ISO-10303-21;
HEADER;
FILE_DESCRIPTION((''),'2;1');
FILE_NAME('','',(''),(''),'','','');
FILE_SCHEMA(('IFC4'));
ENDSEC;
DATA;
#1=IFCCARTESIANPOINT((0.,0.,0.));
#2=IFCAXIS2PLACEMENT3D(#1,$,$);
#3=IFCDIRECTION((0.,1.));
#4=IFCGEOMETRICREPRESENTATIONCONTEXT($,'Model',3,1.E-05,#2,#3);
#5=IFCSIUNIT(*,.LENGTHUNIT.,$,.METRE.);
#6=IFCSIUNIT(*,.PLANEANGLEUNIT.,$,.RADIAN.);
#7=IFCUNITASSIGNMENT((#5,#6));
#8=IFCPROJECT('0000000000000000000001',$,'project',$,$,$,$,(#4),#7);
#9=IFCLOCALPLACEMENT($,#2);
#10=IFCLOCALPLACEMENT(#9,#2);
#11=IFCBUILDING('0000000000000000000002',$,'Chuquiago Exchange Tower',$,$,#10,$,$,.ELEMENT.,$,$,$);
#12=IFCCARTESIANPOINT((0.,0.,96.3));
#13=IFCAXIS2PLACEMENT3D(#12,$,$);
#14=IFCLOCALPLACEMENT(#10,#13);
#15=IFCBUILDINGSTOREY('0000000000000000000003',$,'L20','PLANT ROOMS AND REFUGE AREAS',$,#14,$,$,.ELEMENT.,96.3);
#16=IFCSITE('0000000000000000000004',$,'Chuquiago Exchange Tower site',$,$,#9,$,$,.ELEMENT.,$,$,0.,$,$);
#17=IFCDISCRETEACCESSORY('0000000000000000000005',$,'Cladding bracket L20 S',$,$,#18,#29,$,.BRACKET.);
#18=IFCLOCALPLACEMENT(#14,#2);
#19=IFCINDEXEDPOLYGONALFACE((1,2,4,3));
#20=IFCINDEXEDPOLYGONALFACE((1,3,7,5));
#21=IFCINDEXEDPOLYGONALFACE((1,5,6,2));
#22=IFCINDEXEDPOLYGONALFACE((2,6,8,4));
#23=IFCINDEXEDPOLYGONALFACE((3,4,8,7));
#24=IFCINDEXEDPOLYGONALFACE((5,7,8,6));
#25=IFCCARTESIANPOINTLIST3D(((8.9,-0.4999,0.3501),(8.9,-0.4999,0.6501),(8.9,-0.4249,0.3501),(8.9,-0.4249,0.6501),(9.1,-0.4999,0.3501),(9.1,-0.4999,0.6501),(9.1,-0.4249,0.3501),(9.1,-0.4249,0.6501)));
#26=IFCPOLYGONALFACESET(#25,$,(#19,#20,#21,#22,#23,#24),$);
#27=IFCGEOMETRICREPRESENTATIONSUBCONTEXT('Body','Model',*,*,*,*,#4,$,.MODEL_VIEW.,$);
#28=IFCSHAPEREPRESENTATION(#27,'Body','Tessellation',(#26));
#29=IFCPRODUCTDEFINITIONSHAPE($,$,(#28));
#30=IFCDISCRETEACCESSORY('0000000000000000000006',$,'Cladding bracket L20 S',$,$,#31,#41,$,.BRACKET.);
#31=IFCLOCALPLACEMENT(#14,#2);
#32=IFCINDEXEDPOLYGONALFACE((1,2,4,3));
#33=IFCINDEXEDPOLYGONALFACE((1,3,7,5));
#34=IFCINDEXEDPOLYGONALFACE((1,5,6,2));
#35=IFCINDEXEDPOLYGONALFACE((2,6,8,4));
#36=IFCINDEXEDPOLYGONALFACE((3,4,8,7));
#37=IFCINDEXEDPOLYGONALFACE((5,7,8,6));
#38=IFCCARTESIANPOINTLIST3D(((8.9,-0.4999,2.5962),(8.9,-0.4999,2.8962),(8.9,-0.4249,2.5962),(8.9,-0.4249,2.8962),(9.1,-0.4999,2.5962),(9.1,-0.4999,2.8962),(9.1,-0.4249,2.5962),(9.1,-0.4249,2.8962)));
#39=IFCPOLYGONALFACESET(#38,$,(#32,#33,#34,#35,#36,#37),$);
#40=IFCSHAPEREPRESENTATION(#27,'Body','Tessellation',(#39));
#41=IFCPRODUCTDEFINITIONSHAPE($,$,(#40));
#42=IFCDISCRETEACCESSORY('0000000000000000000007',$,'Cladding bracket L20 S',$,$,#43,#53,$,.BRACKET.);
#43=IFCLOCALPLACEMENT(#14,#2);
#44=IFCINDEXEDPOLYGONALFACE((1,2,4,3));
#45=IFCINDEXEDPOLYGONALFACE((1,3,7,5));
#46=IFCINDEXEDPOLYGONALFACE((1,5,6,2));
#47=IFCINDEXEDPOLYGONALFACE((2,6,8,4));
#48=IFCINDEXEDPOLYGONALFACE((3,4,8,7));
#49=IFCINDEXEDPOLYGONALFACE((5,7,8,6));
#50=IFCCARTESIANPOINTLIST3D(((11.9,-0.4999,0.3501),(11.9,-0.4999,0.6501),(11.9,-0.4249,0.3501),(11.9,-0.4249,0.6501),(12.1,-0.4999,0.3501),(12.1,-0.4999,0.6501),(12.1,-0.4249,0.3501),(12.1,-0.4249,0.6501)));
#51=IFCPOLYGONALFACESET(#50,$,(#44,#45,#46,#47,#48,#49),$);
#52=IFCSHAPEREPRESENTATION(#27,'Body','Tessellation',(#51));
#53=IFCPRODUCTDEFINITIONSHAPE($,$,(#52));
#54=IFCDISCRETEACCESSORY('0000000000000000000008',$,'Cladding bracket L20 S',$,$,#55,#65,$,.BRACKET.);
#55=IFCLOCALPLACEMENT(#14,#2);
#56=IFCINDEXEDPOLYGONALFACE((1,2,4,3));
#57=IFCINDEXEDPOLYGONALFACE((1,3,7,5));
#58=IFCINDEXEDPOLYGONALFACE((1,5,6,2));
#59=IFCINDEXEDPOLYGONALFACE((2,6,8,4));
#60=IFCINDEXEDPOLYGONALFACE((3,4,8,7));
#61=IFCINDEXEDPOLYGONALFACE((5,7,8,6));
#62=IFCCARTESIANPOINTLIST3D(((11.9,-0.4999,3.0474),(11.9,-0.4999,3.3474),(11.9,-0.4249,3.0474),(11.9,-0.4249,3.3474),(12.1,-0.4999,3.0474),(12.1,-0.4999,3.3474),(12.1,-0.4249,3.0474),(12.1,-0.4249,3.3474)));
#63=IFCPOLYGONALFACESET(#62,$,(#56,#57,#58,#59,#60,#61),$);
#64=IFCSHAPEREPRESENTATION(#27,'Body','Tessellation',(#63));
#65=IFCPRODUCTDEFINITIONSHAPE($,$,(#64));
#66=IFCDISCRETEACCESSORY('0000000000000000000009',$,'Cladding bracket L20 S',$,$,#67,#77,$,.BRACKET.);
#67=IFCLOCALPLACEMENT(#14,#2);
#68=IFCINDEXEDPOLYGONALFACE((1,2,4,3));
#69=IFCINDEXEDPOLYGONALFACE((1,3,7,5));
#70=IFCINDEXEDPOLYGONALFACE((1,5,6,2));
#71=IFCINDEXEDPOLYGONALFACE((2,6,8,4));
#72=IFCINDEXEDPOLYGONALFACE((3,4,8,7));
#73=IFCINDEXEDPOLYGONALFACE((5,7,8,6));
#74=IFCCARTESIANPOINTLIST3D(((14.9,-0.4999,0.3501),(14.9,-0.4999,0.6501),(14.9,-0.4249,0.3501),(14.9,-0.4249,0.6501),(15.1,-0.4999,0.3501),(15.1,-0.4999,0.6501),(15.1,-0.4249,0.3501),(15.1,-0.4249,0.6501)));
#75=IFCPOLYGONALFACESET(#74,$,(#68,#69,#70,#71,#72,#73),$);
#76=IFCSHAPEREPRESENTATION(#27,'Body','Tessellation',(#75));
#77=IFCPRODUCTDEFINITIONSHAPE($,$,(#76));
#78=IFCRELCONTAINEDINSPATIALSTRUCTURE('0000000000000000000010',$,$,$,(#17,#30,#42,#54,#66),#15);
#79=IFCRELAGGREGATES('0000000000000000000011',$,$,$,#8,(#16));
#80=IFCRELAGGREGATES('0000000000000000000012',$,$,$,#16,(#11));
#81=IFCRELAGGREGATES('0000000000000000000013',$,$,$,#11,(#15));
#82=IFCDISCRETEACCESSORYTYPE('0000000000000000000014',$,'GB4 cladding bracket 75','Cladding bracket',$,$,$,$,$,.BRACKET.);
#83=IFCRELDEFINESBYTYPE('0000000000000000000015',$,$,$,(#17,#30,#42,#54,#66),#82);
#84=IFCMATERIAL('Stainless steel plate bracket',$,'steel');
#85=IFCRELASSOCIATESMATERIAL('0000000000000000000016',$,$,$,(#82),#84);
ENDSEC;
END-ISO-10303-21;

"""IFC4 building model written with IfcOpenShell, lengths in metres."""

from ifc_helpers import new_model, si_unit, direction, frame, origin, origin_2d, place, context, subcontext, project, spatial, rectangle, extrude, material, type_object, element, save


model = new_model("IFC4")

# Units and contexts
model_context = context("Model", 3, precision=1e-05, world=origin(), true_north=direction((0.0, 1.0)))
body_context = subcontext(model_context, "Body", "Model", "MODEL_VIEW")
ifc_project = project(units=[si_unit("LENGTHUNIT", "METRE"), si_unit("PLANEANGLEUNIT", "RADIAN")], contexts=[model_context])

# Site, building, storey
site_placement = place(None, origin())
site = spatial("IfcSite", under=ifc_project, at=site_placement, Name="Chuquiago Exchange Tower site", CompositionType="ELEMENT", RefElevation=0.0)
building_placement = place(site_placement, origin())
building = spatial("IfcBuilding", under=site, at=building_placement, Name="Chuquiago Exchange Tower", CompositionType="ELEMENT")
storey_placement = place(building_placement, frame((0.0, 0.0, 96.3)))
storey = spatial("IfcBuildingStorey", under=building, at=storey_placement, Name="L20", Description="PLANT ROOMS AND REFUGE AREAS", CompositionType="ELEMENT", Elevation=96.3)

# Discrete accessories
ifc_material_1 = material(Name="Stainless steel plate bracket", Category="steel")
discrete_accessory_type = type_object("IfcDiscreteAccessoryType", Name="GB4 cladding bracket 75", Description="Cladding bracket", PredefinedType="BRACKET", material=ifc_material_1)
for number, where, z_axis, x_axis, name in (
    (1, (9.0, -0.4624, 0.3501), (0.0, 0.0, 1.0), (1.0, 0.0, 0.0), "Cladding bracket L20 S"),
    (2, (9.0, -0.4624, 2.5962), (0.0, 0.0, 1.0), (1.0, 0.0, 0.0), "Cladding bracket L20 S"),
    (3, (12.0, -0.4624, 0.3501), (0.0, 0.0, 1.0), (1.0, 0.0, 0.0), "Cladding bracket L20 S"),
    (4, (12.0, -0.4624, 3.0474), (0.0, 0.0, 1.0), (1.0, 0.0, 0.0), "Cladding bracket L20 S"),
    (5, (15.0, -0.4624, 0.3501), (0.0, 0.0, 1.0), (1.0, 0.0, 0.0), "Cladding bracket L20 S"),
):
    element("IfcDiscreteAccessory", number, at=place(storey_placement, frame(where, z_axis=z_axis, x_axis=x_axis)), inside=storey, type_object=discrete_accessory_type, Name=name, PredefinedType="BRACKET", context=body_context, shape_type="SweptSolid", body=[
        extrude(rectangle(XDim=0.2, YDim=0.075, at=origin_2d()), origin(), (0.0, 0.0, 1.0), 0.3),
    ])

save(model, "model.ifc")
